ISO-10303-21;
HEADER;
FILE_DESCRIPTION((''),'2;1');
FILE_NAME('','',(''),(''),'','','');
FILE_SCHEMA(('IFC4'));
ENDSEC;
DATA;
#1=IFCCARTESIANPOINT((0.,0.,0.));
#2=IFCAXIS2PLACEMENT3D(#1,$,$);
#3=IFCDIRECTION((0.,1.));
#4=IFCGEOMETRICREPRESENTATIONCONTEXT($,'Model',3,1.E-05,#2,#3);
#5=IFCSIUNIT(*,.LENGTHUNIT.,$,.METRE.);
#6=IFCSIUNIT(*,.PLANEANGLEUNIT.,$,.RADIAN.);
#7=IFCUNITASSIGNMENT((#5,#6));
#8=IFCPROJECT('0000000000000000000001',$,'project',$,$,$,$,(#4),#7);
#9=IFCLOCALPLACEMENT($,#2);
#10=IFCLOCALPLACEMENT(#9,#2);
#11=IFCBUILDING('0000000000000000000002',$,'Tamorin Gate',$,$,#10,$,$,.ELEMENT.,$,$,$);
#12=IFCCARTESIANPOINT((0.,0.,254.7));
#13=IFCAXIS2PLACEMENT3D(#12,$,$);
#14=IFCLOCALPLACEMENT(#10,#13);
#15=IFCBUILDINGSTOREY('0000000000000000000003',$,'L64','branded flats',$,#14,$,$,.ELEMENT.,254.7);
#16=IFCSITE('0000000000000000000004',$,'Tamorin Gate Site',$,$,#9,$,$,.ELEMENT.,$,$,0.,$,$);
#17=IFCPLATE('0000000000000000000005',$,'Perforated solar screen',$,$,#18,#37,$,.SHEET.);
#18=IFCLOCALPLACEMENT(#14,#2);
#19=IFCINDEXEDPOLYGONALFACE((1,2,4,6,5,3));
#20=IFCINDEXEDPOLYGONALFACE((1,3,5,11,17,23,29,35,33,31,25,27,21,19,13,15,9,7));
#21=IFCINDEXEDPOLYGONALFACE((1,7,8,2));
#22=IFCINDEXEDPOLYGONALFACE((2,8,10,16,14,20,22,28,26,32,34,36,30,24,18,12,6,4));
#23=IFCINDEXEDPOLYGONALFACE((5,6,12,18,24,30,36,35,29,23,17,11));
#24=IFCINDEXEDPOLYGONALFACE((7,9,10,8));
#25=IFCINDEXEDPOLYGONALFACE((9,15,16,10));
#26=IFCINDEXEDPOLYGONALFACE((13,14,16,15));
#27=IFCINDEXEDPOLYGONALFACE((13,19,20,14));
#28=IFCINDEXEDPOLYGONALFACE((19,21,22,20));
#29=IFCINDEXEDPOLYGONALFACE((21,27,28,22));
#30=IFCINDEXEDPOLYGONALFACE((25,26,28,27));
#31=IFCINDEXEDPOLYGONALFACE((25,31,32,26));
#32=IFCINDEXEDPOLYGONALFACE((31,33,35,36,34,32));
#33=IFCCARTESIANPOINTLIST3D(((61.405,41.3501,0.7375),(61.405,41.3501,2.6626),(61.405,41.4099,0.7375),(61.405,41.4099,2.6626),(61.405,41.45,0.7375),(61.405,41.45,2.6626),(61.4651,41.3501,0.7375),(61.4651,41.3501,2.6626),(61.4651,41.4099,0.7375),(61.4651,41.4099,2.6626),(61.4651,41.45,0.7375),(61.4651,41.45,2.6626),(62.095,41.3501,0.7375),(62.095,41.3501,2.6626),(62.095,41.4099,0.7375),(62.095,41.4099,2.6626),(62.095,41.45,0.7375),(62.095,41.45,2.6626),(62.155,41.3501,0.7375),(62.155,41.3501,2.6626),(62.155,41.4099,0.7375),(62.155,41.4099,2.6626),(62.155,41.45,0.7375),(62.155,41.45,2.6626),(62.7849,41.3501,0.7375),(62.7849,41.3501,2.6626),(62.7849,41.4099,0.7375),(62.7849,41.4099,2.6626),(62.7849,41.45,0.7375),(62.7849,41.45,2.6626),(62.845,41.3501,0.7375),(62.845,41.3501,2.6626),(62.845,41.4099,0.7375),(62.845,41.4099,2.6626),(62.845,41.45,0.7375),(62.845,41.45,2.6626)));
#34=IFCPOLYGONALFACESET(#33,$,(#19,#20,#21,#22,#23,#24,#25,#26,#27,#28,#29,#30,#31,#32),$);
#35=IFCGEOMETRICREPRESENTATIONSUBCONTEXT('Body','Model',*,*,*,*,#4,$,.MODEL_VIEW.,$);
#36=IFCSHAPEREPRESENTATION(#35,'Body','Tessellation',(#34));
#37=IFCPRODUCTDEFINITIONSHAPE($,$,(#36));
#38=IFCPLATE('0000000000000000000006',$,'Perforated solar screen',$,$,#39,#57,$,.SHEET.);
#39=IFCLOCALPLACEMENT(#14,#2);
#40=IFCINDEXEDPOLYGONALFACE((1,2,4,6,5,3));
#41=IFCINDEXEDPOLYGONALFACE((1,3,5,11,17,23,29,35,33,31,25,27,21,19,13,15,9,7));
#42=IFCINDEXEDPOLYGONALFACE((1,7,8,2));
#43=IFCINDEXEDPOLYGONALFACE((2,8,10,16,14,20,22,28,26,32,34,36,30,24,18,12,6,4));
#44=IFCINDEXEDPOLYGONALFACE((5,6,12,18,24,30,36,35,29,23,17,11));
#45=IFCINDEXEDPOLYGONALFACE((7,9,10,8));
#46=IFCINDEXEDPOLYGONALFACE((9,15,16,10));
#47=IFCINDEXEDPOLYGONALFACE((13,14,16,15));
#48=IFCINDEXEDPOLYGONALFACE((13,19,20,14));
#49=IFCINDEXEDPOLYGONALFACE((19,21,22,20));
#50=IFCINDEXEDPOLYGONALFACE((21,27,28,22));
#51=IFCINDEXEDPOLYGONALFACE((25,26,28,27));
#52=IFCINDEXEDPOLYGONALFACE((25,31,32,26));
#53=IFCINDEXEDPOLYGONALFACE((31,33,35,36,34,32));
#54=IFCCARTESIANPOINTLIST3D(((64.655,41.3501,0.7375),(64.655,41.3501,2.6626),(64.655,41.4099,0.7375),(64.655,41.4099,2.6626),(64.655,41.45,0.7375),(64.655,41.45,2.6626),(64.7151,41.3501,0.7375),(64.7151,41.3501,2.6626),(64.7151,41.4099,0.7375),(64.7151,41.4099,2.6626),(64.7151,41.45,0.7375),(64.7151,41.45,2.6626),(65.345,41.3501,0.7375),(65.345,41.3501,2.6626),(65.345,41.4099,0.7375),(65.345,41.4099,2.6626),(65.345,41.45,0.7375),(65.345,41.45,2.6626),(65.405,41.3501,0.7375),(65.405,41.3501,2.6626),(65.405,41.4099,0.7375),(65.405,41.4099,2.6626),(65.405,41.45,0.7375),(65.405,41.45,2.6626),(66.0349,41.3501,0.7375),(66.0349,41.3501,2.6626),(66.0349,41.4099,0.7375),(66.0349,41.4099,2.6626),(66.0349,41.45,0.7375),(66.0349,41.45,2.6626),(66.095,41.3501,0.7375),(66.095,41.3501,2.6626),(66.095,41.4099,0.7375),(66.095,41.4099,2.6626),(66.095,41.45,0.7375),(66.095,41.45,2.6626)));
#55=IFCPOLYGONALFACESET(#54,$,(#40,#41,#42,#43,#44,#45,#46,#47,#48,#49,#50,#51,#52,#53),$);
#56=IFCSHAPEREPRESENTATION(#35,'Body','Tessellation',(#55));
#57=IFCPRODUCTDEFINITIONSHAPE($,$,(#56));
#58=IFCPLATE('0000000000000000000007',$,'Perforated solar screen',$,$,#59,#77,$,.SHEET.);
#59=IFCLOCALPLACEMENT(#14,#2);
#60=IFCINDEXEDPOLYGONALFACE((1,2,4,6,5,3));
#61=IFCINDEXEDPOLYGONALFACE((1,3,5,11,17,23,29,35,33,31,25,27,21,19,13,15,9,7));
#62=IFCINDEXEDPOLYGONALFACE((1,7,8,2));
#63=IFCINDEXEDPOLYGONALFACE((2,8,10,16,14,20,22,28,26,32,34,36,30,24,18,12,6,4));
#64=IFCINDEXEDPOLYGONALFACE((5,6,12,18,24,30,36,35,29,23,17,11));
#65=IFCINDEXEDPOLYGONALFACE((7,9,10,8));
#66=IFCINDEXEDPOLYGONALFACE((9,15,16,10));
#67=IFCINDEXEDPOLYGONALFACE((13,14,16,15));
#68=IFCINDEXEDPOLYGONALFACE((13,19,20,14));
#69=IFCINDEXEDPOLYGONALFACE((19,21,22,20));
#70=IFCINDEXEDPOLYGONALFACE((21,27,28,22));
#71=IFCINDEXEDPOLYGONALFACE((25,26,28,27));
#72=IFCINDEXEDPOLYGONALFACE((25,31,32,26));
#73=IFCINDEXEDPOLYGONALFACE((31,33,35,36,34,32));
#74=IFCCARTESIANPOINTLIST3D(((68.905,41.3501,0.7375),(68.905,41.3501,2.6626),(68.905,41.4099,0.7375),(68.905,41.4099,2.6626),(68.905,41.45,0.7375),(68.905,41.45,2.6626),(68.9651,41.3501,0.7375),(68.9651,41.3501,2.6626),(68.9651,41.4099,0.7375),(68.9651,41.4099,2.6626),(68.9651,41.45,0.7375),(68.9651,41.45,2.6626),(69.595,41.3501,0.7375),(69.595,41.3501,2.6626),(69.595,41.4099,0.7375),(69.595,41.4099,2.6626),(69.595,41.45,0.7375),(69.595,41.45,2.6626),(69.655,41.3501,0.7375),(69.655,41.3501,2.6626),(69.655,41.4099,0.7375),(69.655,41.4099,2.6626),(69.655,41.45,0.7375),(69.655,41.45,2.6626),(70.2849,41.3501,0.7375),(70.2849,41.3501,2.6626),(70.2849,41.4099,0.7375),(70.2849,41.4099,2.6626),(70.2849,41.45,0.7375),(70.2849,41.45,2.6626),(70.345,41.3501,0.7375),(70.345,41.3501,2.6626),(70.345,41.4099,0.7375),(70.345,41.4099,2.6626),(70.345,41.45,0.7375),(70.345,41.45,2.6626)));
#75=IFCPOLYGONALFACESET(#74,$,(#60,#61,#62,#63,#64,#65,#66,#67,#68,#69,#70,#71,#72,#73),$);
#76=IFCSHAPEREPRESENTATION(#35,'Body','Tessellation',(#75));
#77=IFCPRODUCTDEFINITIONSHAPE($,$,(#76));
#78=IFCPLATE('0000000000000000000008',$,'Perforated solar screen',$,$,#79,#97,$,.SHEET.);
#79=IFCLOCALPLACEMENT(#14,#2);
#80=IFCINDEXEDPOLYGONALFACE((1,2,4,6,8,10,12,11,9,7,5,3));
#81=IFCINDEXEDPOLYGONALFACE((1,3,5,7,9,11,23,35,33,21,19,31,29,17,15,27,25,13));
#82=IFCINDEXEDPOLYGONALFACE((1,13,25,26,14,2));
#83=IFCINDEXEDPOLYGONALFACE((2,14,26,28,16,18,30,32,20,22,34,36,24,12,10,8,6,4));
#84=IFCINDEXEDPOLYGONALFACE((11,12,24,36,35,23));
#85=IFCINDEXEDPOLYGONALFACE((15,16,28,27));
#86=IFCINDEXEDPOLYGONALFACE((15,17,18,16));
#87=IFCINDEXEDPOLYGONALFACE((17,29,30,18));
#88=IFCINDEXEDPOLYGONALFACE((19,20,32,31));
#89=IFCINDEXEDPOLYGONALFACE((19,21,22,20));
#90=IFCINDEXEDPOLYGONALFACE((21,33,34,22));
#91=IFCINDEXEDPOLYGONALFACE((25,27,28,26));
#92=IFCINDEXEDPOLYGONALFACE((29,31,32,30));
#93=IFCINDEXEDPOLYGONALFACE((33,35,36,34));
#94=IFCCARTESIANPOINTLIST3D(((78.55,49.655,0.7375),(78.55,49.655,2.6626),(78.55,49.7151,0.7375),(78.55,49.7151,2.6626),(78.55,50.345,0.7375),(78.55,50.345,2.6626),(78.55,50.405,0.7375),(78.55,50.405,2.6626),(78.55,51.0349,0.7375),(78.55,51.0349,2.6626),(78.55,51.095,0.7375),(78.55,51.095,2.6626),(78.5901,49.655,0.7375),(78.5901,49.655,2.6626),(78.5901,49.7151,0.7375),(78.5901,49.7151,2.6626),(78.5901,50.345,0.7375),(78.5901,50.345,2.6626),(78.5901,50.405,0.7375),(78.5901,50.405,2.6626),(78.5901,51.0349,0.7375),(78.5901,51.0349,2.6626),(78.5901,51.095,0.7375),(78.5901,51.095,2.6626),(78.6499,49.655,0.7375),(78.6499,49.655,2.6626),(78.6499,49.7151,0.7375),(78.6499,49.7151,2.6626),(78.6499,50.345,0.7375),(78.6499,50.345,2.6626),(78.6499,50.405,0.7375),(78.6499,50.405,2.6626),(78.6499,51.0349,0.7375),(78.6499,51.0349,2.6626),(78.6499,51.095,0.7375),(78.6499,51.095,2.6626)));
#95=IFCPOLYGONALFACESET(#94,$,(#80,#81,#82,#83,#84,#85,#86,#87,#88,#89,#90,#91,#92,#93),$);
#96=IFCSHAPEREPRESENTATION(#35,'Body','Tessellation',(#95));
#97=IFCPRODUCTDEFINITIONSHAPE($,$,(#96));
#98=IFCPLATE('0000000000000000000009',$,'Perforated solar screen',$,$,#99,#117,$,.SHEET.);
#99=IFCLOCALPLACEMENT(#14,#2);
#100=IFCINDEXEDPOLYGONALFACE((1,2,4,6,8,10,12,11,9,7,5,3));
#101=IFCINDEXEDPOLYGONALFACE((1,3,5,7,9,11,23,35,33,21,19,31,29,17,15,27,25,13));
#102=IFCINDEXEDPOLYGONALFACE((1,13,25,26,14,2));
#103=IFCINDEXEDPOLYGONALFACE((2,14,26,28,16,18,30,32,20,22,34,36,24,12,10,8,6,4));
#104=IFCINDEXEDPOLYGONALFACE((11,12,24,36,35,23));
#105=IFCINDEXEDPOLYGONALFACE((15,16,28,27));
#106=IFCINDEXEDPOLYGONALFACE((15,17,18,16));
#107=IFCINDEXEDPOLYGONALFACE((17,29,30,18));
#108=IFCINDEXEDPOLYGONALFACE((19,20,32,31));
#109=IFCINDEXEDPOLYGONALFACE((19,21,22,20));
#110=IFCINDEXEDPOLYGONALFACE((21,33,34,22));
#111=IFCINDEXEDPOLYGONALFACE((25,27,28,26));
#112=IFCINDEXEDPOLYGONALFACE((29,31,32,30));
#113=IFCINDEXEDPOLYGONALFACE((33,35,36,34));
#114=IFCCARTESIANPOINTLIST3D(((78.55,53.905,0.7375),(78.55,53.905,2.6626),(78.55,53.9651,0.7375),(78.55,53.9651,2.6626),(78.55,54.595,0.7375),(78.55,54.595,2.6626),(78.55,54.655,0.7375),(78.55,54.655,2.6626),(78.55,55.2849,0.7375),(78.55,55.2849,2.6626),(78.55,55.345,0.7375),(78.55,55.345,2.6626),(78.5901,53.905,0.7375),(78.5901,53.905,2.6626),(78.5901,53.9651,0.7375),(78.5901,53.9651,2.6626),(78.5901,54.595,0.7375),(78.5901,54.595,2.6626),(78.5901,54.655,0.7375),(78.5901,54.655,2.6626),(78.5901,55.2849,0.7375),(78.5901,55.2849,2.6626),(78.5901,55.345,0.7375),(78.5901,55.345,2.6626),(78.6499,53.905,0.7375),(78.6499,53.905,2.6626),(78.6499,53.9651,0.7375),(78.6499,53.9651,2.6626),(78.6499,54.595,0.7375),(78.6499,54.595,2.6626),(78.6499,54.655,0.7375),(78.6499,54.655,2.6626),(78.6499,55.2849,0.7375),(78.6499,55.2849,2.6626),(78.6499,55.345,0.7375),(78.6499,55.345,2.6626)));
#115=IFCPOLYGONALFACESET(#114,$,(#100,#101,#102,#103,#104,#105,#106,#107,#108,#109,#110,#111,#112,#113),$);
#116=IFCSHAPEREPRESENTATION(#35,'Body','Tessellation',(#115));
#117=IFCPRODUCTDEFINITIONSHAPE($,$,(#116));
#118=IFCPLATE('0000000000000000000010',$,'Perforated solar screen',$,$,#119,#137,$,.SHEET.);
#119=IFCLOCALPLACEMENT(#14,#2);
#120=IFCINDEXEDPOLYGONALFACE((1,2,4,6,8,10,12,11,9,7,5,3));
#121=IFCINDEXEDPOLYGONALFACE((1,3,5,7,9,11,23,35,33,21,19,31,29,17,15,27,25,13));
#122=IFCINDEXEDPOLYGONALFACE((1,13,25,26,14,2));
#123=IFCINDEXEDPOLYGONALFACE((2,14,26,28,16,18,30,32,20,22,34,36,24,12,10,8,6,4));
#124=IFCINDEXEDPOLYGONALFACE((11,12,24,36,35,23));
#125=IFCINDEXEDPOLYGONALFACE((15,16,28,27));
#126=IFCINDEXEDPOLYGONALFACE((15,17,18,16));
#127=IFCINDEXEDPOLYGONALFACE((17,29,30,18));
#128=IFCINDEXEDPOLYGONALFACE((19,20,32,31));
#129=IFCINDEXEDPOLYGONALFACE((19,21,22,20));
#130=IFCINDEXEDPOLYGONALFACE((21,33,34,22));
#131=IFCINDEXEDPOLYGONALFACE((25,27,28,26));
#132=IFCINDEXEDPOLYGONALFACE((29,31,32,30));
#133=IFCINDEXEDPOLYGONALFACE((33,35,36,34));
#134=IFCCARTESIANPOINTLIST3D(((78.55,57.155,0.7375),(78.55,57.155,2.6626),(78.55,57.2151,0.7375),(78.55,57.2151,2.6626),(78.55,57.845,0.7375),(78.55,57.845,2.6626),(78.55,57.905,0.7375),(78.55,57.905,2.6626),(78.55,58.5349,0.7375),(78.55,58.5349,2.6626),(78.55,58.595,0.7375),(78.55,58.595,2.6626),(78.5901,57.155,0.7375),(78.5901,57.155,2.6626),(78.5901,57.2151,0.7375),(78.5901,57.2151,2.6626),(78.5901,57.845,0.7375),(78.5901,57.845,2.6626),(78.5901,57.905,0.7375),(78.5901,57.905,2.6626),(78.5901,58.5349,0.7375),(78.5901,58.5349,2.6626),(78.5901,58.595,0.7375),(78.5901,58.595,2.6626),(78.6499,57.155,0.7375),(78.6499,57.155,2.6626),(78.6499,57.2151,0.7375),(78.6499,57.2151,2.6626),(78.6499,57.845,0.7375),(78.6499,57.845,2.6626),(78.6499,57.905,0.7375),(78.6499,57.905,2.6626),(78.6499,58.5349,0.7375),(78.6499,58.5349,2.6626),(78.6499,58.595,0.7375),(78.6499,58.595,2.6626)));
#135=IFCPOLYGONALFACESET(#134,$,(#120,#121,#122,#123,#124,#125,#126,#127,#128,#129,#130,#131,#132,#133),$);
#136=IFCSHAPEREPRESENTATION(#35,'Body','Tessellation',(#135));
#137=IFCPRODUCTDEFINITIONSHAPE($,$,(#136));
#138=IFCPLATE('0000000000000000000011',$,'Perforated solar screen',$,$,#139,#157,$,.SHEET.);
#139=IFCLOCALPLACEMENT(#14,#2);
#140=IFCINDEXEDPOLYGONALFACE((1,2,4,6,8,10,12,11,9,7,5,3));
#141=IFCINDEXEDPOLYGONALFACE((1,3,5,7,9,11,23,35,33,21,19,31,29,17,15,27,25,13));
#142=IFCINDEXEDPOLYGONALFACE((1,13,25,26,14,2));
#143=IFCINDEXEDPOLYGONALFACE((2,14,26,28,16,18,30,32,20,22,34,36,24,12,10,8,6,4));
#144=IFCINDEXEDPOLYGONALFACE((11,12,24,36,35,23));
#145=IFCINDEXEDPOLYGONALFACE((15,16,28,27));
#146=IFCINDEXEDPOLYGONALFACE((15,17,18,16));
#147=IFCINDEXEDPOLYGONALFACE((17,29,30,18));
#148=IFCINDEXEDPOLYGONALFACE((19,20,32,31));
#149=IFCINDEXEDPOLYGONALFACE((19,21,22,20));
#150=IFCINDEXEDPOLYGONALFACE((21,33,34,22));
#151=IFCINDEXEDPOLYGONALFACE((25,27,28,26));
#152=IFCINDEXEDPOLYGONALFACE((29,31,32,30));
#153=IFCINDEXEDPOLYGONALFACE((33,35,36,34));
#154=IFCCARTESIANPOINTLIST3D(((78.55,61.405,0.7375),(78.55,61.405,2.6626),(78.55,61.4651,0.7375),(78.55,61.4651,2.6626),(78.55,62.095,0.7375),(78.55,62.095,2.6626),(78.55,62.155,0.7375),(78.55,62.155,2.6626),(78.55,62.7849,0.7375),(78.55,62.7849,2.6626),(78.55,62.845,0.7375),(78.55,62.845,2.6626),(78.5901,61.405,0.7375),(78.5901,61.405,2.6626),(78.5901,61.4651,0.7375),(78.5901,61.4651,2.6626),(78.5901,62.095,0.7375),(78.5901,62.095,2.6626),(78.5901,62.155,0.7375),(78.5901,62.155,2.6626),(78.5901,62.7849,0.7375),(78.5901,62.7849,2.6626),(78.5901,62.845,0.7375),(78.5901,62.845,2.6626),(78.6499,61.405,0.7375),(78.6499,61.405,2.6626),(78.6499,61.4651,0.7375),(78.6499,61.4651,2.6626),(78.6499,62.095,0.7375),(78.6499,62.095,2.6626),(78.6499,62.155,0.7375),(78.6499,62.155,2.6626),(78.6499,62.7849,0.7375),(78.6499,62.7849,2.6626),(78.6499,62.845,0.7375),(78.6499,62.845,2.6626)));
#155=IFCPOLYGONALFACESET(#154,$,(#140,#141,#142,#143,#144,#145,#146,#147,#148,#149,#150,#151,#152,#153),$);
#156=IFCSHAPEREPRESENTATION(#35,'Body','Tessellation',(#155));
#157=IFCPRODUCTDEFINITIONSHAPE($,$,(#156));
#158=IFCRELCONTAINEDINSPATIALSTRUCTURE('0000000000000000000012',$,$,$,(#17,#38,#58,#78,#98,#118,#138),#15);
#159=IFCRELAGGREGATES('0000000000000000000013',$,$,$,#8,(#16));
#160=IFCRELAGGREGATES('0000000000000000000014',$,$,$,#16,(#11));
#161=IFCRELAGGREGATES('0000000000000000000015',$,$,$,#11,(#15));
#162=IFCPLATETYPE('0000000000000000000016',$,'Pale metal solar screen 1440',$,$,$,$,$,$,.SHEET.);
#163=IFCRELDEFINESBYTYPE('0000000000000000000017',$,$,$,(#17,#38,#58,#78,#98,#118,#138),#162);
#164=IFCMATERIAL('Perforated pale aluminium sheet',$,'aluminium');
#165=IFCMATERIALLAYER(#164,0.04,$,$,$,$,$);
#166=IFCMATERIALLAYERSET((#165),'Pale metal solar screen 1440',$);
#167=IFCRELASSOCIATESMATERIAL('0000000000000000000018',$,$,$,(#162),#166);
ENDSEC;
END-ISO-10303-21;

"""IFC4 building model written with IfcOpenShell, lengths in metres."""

from ifc_helpers import new_model, si_unit, direction, frame, origin, place, context, subcontext, project, spatial, polyline, outline, extrude, material, layer, layer_set, type_object, element, save


model = new_model("IFC4")

# Units and contexts
model_context = context("Model", 3, precision=1e-05, world=origin(), true_north=direction((0.0, 1.0)))
body_context = subcontext(model_context, "Body", "Model", "MODEL_VIEW")
ifc_project = project(units=[si_unit("LENGTHUNIT", "METRE"), si_unit("PLANEANGLEUNIT", "RADIAN")], contexts=[model_context])

# Site, building, storey
site_placement = place(None, origin())
site = spatial("IfcSite", under=ifc_project, at=site_placement, Name="Tamorin Gate Site", CompositionType="ELEMENT", RefElevation=0.0)
building_placement = place(site_placement, origin())
building = spatial("IfcBuilding", under=site, at=building_placement, Name="Tamorin Gate", CompositionType="ELEMENT")
storey_placement = place(building_placement, frame((0.0, 0.0, 254.7)))
storey = spatial("IfcBuildingStorey", under=building, at=storey_placement, Name="L64", Description="branded flats", CompositionType="ELEMENT", Elevation=254.7)

# Plates
ifc_material_1 = material(Name="Perforated pale aluminium sheet", Category="aluminium")
ifc_layer_1 = layer(ifc_material_1, 0.04)
ifc_layer_set_1 = layer_set([ifc_layer_1], Name="Pale metal solar screen 1440")
plate_type = type_object("IfcPlateType", Name="Pale metal solar screen 1440", PredefinedType="SHEET", material=ifc_layer_set_1)
plate_1_placement = place(storey_placement, frame((0.0, 0.0, 0.7375)))
element("IfcPlate", 1, at=plate_1_placement, inside=storey, type_object=plate_type, Name="Perforated solar screen", PredefinedType="SHEET", context=body_context, shape_type="SweptSolid", body=[
    extrude(outline(polyline([(61.405, 41.4099), (61.405, 41.45), (61.4651, 41.45), (62.095, 41.45), (62.155, 41.45), (62.7849, 41.45), (62.845, 41.45), (62.845, 41.4099), (62.845, 41.3501), (62.7849, 41.3501), (62.7849, 41.4099), (62.155, 41.4099), (62.155, 41.3501), (62.095, 41.3501), (62.095, 41.4099), (61.4651, 41.4099), (61.4651, 41.3501), (61.405, 41.3501), (61.405, 41.4099)])), origin(), (0.0, 0.0, 1.0), 1.925),
])
plate_2_placement = place(storey_placement, frame((0.0, 0.0, 0.7375)))
element("IfcPlate", 2, at=plate_2_placement, inside=storey, type_object=plate_type, Name="Perforated solar screen", PredefinedType="SHEET", context=body_context, shape_type="SweptSolid", body=[
    extrude(outline(polyline([(64.655, 41.4099), (64.655, 41.45), (64.7151, 41.45), (65.345, 41.45), (65.405, 41.45), (66.0349, 41.45), (66.095, 41.45), (66.095, 41.4099), (66.095, 41.3501), (66.0349, 41.3501), (66.0349, 41.4099), (65.405, 41.4099), (65.405, 41.3501), (65.345, 41.3501), (65.345, 41.4099), (64.7151, 41.4099), (64.7151, 41.3501), (64.655, 41.3501), (64.655, 41.4099)])), origin(), (0.0, 0.0, 1.0), 1.925),
])
plate_3_placement = place(storey_placement, frame((0.0, 0.0, 0.7375)))
element("IfcPlate", 3, at=plate_3_placement, inside=storey, type_object=plate_type, Name="Perforated solar screen", PredefinedType="SHEET", context=body_context, shape_type="SweptSolid", body=[
    extrude(outline(polyline([(68.905, 41.4099), (68.905, 41.45), (68.9651, 41.45), (69.595, 41.45), (69.655, 41.45), (70.2849, 41.45), (70.345, 41.45), (70.345, 41.4099), (70.345, 41.3501), (70.2849, 41.3501), (70.2849, 41.4099), (69.655, 41.4099), (69.655, 41.3501), (69.595, 41.3501), (69.595, 41.4099), (68.9651, 41.4099), (68.9651, 41.3501), (68.905, 41.3501), (68.905, 41.4099)])), origin(), (0.0, 0.0, 1.0), 1.925),
])
plate_4_placement = place(storey_placement, frame((0.0, 0.0, 0.7375)))
element("IfcPlate", 4, at=plate_4_placement, inside=storey, type_object=plate_type, Name="Perforated solar screen", PredefinedType="SHEET", context=body_context, shape_type="SweptSolid", body=[
    extrude(outline(polyline([(78.5901, 49.655), (78.55, 49.655), (78.55, 49.7151), (78.55, 50.345), (78.55, 50.405), (78.55, 51.0349), (78.55, 51.095), (78.55, 51.095), (78.5901, 51.095), (78.5901, 51.095), (78.6499, 51.095), (78.6499, 51.0349), (78.5901, 51.0349), (78.5901, 50.405), (78.6499, 50.405), (78.6499, 50.345), (78.5901, 50.345), (78.5901, 49.7151), (78.6499, 49.7151), (78.6499, 49.655), (78.5901, 49.655)])), origin(), (0.0, 0.0, 1.0), 1.925),
])
plate_5_placement = place(storey_placement, frame((0.0, 0.0, 0.7375)))
element("IfcPlate", 5, at=plate_5_placement, inside=storey, type_object=plate_type, Name="Perforated solar screen", PredefinedType="SHEET", context=body_context, shape_type="SweptSolid", body=[
    extrude(outline(polyline([(78.5901, 53.905), (78.55, 53.905), (78.55, 53.9651), (78.55, 54.595), (78.55, 54.655), (78.55, 55.2849), (78.55, 55.345), (78.5901, 55.345), (78.6499, 55.345), (78.6499, 55.2849), (78.5901, 55.2849), (78.5901, 54.655), (78.6499, 54.655), (78.6499, 54.595), (78.5901, 54.595), (78.5901, 53.9651), (78.6499, 53.9651), (78.6499, 53.905), (78.5901, 53.905)])), origin(), (0.0, 0.0, 1.0), 1.925),
])
plate_6_placement = place(storey_placement, frame((0.0, 0.0, 0.7375)))
element("IfcPlate", 6, at=plate_6_placement, inside=storey, type_object=plate_type, Name="Perforated solar screen", PredefinedType="SHEET", context=body_context, shape_type="SweptSolid", body=[
    extrude(outline(polyline([(78.5901, 57.155), (78.55, 57.155), (78.55, 57.2151), (78.55, 57.845), (78.55, 57.905), (78.55, 58.5349), (78.55, 58.595), (78.5901, 58.595), (78.6499, 58.595), (78.6499, 58.5349), (78.5901, 58.5349), (78.5901, 57.905), (78.6499, 57.905), (78.6499, 57.845), (78.5901, 57.845), (78.5901, 57.2151), (78.6499, 57.2151), (78.6499, 57.155), (78.5901, 57.155)])), origin(), (0.0, 0.0, 1.0), 1.925),
])
plate_7_placement = place(storey_placement, frame((0.0, 0.0, 0.7375)))
element("IfcPlate", 7, at=plate_7_placement, inside=storey, type_object=plate_type, Name="Perforated solar screen", PredefinedType="SHEET", context=body_context, shape_type="SweptSolid", body=[
    extrude(outline(polyline([(78.5901, 61.405), (78.55, 61.405), (78.55, 61.4651), (78.55, 62.095), (78.55, 62.155), (78.55, 62.7849), (78.55, 62.845), (78.5901, 62.845), (78.6499, 62.845), (78.6499, 62.7849), (78.5901, 62.7849), (78.5901, 62.155), (78.6499, 62.155), (78.6499, 62.095), (78.5901, 62.095), (78.5901, 61.4651), (78.6499, 61.4651), (78.6499, 61.405), (78.5901, 61.405)])), origin(), (0.0, 0.0, 1.0), 1.925),
])

save(model, "model.ifc")
